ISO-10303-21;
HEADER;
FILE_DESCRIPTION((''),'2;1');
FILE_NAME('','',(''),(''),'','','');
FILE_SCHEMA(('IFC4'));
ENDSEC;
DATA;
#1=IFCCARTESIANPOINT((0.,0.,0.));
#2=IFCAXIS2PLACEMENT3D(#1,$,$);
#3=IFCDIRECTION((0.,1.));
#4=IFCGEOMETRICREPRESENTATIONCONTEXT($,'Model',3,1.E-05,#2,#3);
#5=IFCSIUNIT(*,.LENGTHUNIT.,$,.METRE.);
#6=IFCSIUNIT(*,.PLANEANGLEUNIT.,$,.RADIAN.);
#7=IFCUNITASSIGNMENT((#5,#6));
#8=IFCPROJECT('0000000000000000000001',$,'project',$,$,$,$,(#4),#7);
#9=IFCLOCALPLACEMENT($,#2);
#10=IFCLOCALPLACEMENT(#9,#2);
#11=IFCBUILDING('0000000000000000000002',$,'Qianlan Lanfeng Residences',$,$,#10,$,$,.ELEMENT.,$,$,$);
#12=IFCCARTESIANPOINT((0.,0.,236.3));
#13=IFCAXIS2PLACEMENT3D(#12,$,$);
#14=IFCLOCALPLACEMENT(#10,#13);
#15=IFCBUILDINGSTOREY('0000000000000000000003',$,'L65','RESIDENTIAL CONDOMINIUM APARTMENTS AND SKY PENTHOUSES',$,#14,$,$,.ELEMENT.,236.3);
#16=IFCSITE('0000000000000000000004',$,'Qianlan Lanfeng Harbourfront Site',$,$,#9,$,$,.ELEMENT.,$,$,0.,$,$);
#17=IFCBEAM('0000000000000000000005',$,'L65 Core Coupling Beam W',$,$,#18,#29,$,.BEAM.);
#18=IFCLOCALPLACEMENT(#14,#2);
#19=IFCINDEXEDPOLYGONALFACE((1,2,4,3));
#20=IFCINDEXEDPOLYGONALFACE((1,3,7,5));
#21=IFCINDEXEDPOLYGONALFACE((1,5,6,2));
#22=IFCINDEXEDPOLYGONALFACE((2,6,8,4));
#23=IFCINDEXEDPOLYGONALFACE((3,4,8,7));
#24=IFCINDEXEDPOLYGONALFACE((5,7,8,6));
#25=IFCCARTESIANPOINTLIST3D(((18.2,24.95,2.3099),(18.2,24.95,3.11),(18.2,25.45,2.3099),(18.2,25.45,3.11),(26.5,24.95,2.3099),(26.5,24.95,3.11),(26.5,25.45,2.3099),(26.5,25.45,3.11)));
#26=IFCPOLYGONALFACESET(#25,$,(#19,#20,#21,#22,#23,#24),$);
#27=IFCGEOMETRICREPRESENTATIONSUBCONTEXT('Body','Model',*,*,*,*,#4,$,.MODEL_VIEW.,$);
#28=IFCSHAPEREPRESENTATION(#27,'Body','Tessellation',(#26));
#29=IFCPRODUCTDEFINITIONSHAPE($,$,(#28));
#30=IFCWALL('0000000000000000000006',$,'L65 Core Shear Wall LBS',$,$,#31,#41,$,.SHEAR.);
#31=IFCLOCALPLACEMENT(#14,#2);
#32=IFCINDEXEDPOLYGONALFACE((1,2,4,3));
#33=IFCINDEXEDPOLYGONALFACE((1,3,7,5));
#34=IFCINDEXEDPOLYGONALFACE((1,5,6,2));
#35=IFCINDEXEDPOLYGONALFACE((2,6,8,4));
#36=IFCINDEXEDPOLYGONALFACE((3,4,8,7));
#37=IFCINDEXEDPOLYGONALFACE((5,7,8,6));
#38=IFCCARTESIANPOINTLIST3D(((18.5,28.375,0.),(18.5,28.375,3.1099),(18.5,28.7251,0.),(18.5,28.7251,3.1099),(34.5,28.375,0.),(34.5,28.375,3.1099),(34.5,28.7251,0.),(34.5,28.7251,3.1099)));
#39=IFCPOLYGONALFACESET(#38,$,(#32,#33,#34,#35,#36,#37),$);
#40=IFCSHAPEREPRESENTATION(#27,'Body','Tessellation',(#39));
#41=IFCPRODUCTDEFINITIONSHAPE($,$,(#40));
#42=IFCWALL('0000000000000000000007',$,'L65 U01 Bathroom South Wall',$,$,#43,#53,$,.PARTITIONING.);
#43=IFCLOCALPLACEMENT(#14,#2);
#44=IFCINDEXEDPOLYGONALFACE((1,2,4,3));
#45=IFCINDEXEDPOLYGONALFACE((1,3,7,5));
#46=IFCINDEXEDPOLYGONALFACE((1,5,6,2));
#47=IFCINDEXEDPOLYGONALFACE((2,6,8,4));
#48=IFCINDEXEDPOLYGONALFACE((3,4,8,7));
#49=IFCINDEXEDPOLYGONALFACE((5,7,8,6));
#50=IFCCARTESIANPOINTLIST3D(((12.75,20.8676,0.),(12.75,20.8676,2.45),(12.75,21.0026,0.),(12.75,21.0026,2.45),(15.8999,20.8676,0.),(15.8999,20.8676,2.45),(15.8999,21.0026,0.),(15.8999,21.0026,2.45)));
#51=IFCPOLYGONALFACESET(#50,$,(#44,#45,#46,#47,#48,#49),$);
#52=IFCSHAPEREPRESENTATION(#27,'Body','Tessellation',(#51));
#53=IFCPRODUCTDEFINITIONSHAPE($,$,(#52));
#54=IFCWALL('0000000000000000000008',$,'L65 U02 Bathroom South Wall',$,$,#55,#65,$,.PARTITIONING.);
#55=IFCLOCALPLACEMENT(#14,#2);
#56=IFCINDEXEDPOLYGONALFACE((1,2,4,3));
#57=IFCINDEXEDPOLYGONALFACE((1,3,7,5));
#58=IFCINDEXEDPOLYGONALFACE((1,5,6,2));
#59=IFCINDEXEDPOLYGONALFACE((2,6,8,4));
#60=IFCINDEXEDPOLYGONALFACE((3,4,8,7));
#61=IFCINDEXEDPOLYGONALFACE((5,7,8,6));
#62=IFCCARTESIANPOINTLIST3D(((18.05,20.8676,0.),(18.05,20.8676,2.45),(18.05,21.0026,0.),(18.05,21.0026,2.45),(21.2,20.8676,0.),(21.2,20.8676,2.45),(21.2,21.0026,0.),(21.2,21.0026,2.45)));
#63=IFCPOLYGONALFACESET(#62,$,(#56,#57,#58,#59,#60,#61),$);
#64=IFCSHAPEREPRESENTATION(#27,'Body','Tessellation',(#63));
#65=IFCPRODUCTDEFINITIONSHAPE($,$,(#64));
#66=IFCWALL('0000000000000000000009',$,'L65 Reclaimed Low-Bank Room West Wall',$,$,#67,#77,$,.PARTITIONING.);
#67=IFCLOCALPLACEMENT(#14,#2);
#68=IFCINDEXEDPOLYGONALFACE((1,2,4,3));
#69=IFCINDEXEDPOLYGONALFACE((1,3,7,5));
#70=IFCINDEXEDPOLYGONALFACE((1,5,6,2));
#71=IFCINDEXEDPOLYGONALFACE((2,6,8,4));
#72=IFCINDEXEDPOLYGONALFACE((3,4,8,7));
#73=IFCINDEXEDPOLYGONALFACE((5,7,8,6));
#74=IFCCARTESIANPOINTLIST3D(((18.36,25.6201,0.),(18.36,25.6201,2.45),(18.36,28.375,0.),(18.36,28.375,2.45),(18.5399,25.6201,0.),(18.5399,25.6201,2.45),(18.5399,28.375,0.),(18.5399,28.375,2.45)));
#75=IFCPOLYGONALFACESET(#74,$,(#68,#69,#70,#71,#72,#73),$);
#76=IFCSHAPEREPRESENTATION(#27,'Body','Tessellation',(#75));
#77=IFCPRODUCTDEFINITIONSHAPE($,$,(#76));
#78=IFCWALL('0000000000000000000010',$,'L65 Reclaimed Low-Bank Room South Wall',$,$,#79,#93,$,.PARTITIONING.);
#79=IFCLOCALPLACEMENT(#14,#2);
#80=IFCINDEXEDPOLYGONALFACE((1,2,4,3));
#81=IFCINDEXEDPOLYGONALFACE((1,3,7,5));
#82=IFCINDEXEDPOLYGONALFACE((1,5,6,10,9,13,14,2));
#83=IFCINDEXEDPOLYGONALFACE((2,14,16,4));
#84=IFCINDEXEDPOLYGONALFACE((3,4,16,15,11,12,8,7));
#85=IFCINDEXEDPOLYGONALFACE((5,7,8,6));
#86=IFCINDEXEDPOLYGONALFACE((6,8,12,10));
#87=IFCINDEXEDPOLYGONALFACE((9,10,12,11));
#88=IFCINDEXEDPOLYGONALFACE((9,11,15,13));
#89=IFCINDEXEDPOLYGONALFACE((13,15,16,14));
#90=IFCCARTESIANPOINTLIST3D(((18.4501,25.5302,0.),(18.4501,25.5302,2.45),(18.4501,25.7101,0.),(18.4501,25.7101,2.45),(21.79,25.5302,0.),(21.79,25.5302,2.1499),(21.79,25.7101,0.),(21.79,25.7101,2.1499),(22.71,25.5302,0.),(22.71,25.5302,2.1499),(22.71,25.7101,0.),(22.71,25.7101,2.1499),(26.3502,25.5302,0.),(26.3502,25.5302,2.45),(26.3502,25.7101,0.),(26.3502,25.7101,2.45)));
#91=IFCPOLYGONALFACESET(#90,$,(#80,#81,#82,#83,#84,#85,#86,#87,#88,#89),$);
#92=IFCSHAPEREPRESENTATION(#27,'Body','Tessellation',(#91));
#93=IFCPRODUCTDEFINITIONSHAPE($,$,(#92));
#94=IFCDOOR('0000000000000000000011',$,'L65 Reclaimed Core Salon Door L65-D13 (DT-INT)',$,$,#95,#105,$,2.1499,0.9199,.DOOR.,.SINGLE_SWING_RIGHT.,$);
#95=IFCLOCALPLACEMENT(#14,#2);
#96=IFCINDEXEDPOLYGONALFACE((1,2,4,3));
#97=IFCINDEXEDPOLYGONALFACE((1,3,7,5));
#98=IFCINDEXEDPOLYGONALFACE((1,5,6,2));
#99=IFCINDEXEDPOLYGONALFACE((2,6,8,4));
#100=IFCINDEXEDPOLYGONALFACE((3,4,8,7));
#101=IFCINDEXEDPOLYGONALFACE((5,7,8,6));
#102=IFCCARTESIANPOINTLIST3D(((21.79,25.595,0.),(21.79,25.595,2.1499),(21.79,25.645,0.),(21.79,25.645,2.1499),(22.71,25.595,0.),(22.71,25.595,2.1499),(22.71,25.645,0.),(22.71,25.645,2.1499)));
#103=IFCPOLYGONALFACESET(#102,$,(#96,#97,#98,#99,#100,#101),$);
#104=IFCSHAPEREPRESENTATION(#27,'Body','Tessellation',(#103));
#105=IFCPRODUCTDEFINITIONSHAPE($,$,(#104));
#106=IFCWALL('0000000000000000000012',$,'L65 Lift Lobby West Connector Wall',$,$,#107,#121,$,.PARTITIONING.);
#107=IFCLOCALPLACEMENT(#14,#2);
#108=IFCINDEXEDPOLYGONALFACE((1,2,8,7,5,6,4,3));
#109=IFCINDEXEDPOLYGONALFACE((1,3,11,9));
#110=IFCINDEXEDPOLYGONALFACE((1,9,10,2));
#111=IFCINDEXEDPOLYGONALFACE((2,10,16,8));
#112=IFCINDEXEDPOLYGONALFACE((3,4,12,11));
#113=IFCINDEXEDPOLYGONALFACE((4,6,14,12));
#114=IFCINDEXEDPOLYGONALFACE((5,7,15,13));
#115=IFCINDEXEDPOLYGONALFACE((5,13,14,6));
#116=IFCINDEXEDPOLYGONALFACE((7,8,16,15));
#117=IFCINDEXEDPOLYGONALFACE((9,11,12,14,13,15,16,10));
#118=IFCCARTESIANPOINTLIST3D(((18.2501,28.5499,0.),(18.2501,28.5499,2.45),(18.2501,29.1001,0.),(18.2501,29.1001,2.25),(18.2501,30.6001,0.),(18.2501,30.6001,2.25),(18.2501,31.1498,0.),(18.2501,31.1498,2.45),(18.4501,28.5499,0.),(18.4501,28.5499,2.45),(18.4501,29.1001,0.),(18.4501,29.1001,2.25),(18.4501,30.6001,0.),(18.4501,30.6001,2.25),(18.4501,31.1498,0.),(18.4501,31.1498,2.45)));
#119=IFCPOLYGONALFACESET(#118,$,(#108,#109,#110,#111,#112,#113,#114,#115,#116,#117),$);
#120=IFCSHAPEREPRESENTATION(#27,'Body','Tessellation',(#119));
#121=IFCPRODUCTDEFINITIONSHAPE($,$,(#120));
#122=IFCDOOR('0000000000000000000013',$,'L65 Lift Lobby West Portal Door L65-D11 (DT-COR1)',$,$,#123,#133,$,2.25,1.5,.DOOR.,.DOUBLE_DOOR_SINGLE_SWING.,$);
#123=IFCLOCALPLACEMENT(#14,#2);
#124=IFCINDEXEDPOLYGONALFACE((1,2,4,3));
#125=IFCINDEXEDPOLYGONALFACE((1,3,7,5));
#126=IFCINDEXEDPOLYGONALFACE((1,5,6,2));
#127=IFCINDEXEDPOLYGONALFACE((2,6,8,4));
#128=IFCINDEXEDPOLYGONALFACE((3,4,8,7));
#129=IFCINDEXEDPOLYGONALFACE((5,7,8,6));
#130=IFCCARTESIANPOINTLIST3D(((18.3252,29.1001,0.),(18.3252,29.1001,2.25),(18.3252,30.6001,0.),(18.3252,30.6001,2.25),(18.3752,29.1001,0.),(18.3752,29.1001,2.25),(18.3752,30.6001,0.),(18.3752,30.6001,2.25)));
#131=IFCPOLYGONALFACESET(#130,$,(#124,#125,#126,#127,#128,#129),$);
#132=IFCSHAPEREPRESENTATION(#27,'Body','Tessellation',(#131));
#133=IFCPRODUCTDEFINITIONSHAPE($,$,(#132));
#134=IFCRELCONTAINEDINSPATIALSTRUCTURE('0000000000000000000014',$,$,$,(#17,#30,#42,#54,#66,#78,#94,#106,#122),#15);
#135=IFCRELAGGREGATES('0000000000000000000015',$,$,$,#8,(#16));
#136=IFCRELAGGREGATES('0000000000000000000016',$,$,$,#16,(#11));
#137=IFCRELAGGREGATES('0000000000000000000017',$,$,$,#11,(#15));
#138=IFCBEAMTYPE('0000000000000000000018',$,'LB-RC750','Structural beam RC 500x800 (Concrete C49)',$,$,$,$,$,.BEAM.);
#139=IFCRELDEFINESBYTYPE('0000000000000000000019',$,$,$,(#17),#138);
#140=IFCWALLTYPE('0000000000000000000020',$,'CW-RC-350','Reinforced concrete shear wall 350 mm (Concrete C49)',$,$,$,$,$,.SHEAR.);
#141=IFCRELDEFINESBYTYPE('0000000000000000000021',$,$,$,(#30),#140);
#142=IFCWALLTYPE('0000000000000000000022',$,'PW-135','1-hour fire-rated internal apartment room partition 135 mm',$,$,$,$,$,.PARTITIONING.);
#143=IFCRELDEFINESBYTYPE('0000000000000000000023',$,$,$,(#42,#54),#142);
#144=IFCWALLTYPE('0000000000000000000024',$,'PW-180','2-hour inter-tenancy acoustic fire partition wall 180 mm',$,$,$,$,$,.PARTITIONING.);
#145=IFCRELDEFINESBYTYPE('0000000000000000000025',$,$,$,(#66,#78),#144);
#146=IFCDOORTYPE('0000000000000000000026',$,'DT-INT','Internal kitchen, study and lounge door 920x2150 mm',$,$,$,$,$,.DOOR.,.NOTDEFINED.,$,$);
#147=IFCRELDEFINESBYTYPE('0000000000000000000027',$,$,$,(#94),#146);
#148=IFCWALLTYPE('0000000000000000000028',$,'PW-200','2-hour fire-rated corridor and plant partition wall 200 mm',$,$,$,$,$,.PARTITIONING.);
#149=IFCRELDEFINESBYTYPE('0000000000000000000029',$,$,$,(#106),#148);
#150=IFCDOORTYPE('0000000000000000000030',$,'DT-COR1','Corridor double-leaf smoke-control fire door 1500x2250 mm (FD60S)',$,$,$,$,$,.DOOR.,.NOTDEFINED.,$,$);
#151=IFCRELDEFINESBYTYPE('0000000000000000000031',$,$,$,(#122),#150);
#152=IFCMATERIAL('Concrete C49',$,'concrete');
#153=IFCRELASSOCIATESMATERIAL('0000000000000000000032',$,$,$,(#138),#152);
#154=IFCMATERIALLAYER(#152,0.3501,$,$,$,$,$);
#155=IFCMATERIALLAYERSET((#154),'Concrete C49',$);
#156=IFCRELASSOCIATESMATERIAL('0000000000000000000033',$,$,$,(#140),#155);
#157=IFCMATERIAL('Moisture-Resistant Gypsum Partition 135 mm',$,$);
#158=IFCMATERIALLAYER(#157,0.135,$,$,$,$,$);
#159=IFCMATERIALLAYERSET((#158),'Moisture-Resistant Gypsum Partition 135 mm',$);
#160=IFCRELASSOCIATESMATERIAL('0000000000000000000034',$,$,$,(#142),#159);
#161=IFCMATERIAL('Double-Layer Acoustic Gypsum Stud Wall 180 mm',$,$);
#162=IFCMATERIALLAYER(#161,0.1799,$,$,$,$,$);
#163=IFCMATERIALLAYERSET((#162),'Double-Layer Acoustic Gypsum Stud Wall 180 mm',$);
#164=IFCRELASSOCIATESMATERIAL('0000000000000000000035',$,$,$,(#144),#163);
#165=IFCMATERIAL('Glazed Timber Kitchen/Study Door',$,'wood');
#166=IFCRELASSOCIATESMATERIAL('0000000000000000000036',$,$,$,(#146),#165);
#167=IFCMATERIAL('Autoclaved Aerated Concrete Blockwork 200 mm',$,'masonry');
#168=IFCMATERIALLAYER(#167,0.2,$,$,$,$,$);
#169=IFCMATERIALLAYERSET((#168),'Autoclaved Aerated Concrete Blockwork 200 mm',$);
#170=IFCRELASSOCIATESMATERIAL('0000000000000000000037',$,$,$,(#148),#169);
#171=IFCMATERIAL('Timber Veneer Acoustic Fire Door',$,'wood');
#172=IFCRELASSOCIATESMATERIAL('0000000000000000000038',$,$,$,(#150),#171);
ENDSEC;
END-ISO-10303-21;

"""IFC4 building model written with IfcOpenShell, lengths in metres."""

from ifc_helpers import new_model, si_unit, direction, frame, frame_2d, origin, origin_2d, place, context, subcontext, project, spatial, rectangle, extrude, material, layer, layer_set, material_profile, profile_set, type_object, element, fill, save


model = new_model("IFC4")

# Units and contexts
model_context = context("Model", 3, precision=1e-05, world=origin(), true_north=direction((0.0, 1.0)))
body_context = subcontext(model_context, "Body", "Model", "MODEL_VIEW")
ifc_project = project(units=[si_unit("LENGTHUNIT", "METRE"), si_unit("PLANEANGLEUNIT", "RADIAN")], contexts=[model_context])

# Site, building, storey
site_placement = place(None, origin())
site = spatial("IfcSite", under=ifc_project, at=site_placement, Name="Qianlan Lanfeng Harbourfront Site", CompositionType="ELEMENT", RefElevation=0.0)
building_placement = place(site_placement, origin())
building = spatial("IfcBuilding", under=site, at=building_placement, Name="Qianlan Lanfeng Residences", CompositionType="ELEMENT")
storey_placement = place(building_placement, frame((0.0, 0.0, 236.3)))
storey = spatial("IfcBuildingStorey", under=building, at=storey_placement, Name="L65", Description="RESIDENTIAL CONDOMINIUM APARTMENTS AND SKY PENTHOUSES", CompositionType="ELEMENT", Elevation=236.3)

# Beam
ifc_material_1 = material(Name="Concrete C49", Category="concrete")
ifc_material_profile = material_profile(ifc_material_1, rectangle(XDim=0.5, YDim=0.8, at=origin_2d()), Name="RC 500x800")
ifc_profile_set = profile_set([ifc_material_profile], Name="Concrete C49")
beam_type = type_object("IfcBeamType", Name="LB-RC750", Description="Structural beam RC 500x800 (Concrete C49)", PredefinedType="BEAM", material=ifc_profile_set)
beam_placement = place(storey_placement, frame((18.2, 25.2, 2.71), z_axis=(1.0, 0.0, 0.0), x_axis=(0.0, 1.0, 0.0)))
element("IfcBeam", 1, at=beam_placement, inside=storey, type_object=beam_type, Name="L65 Core Coupling Beam W", PredefinedType="BEAM", context=body_context, shape_type="SweptSolid", body=[
    extrude(rectangle(XDim=0.5, YDim=0.8, at=origin_2d()), origin(), (0.0, 0.0, 1.0), 8.3),
])

# Walls
ifc_layer_1 = layer(ifc_material_1, 0.3501)
ifc_layer_set_1 = layer_set([ifc_layer_1], Name="Concrete C49")
wall_type_1 = type_object("IfcWallType", Name="CW-RC-350", Description="Reinforced concrete shear wall 350 mm (Concrete C49)", PredefinedType="SHEAR", material=ifc_layer_set_1)
wall_1_placement = place(storey_placement, frame((18.5, 28.55, 0.0), z_axis=(0.0, 0.0, 1.0), x_axis=(1.0, 0.0, 0.0)))
element("IfcWall", 2, at=wall_1_placement, inside=storey, type_object=wall_type_1, Name="L65 Core Shear Wall LBS", PredefinedType="SHEAR", context=body_context, shape_type="SweptSolid", body=[
    extrude(rectangle(XDim=16.0, YDim=0.3501, at=frame_2d((8.0, 0.0))), origin(), (0.0, 0.0, 1.0), 3.1099),
])
ifc_material_2 = material(Name="Moisture-Resistant Gypsum Partition 135 mm")
ifc_layer_2 = layer(ifc_material_2, 0.135)
ifc_layer_set_2 = layer_set([ifc_layer_2], Name="Moisture-Resistant Gypsum Partition 135 mm")
wall_type_2 = type_object("IfcWallType", Name="PW-135", Description="1-hour fire-rated internal apartment room partition 135 mm", PredefinedType="PARTITIONING", material=ifc_layer_set_2)
for number, where, z_axis, x_axis, name in (
    (3, (12.75, 20.9351, 0.0), (0.0, 0.0, 1.0), (1.0, 0.0, 0.0), "L65 U01 Bathroom South Wall"),
    (4, (18.05, 20.9351, 0.0), (0.0, 0.0, 1.0), (1.0, 0.0, 0.0), "L65 U02 Bathroom South Wall"),
):
    element("IfcWall", number, at=place(storey_placement, frame(where, z_axis=z_axis, x_axis=x_axis)), inside=storey, type_object=wall_type_2, Name=name, PredefinedType="PARTITIONING", context=body_context, shape_type="SweptSolid", body=[
        extrude(rectangle(XDim=3.1499, YDim=0.135, at=frame_2d((1.575, 0.0))), origin(), (0.0, 0.0, 1.0), 2.45),
    ])

# Shared definitions
ifc_material_3 = material(Name="Double-Layer Acoustic Gypsum Stud Wall 180 mm")
ifc_layer_3 = layer(ifc_material_3, 0.1799)
ifc_layer_set_3 = layer_set([ifc_layer_3], Name="Double-Layer Acoustic Gypsum Stud Wall 180 mm")
wall_type_3 = type_object("IfcWallType", Name="PW-180", Description="2-hour inter-tenancy acoustic fire partition wall 180 mm", PredefinedType="PARTITIONING", material=ifc_layer_set_3)
ifc_material_4 = material(Name="Glazed Timber Kitchen/Study Door", Category="wood")
door_type_1 = type_object("IfcDoorType", Name="DT-INT", Description="Internal kitchen, study and lounge door 920x2150 mm", OperationType="NOTDEFINED", PredefinedType="DOOR", material=ifc_material_4)

# Wall
wall_2_placement = place(storey_placement, frame((18.45, 25.6201, 0.0), z_axis=(0.0, 0.0, 1.0), x_axis=(0.0, 1.0, 0.0)))
element("IfcWall", 5, at=wall_2_placement, inside=storey, type_object=wall_type_3, Name="L65 Reclaimed Low-Bank Room West Wall", PredefinedType="PARTITIONING", context=body_context, shape_type="SweptSolid", body=[
    extrude(rectangle(XDim=2.7549, YDim=0.1799, at=frame_2d((1.3774, 0.0))), origin(), (0.0, 0.0, 1.0), 2.45),
])

# Walls, openings, doors
wall_3_placement = place(storey_placement, frame((18.45, 25.6201, 0.0), z_axis=(0.0, 0.0, 1.0), x_axis=(1.0, 0.0, 0.0)))
wall_3 = element("IfcWall", 6, at=wall_3_placement, inside=storey, type_object=wall_type_3, Name="L65 Reclaimed Low-Bank Room South Wall", PredefinedType="PARTITIONING", context=body_context, shape_type="SweptSolid", body=[
    extrude(rectangle(XDim=7.9001, YDim=0.1799, at=frame_2d((3.9502, 0.0))), origin(), (0.0, 0.0, 1.0), 2.45),
])
opening_1_placement = place(wall_3_placement, frame((3.3401, 0.0, 0.0)))
opening_1 = element("IfcOpeningElement", 7, at=opening_1_placement, cuts=wall_3, PredefinedType="OPENING", context=body_context, shape_type="SweptSolid", body=[
    extrude(rectangle(XDim=0.9199, YDim=2.1499, at=frame_2d((0.46, 1.075))), frame((0.0, 0.1001, 0.0), z_axis=(0.0, -1.0, 0.0), x_axis=(1.0, 0.0, 0.0)), (0.0, 0.0, 1.0), 0.2),
])
door_1_placement = place(opening_1_placement, origin())
door_1 = element("IfcDoor", 8, at=door_1_placement, inside=storey, type_object=door_type_1, Name="L65 Reclaimed Core Salon Door L65-D13 (DT-INT)", OperationType="SINGLE_SWING_RIGHT", OverallHeight=2.1499, OverallWidth=0.9199, PredefinedType="DOOR", context=body_context, shape_type="SweptSolid", body=[
    extrude(rectangle(XDim=0.9199, YDim=2.1499, at=frame_2d((0.46, 1.075))), frame((0.0, 0.0249, 0.0), z_axis=(0.0, -1.0, 0.0), x_axis=(1.0, 0.0, 0.0)), (0.0, 0.0, 1.0), 0.05),
])
fill(opening_1, door_1)
ifc_material_5 = material(Name="Autoclaved Aerated Concrete Blockwork 200 mm", Category="masonry")
ifc_layer_4 = layer(ifc_material_5, 0.2)
ifc_layer_set_4 = layer_set([ifc_layer_4], Name="Autoclaved Aerated Concrete Blockwork 200 mm")
wall_type_4 = type_object("IfcWallType", Name="PW-200", Description="2-hour fire-rated corridor and plant partition wall 200 mm", PredefinedType="PARTITIONING", material=ifc_layer_set_4)
wall_4_placement = place(storey_placement, frame((18.3501, 28.55, 0.0), z_axis=(0.0, 0.0, 1.0), x_axis=(0.0, 1.0, 0.0)))
wall_4 = element("IfcWall", 9, at=wall_4_placement, inside=storey, type_object=wall_type_4, Name="L65 Lift Lobby West Connector Wall", PredefinedType="PARTITIONING", context=body_context, shape_type="SweptSolid", body=[
    extrude(rectangle(XDim=2.5999, YDim=0.2, at=frame_2d((1.2998, 0.0))), origin(), (0.0, 0.0, 1.0), 2.45),
])
opening_2_placement = place(wall_4_placement, frame((0.55, 0.0, 0.0)))
opening_2 = element("IfcOpeningElement", 10, at=opening_2_placement, cuts=wall_4, PredefinedType="OPENING", context=body_context, shape_type="SweptSolid", body=[
    extrude(rectangle(XDim=1.5, YDim=2.25, at=frame_2d((0.75, 1.125))), frame((0.0, 0.1099, 0.0), z_axis=(0.0, -1.0, 0.0), x_axis=(1.0, 0.0, 0.0)), (0.0, 0.0, 1.0), 0.22),
])
ifc_material_6 = material(Name="Timber Veneer Acoustic Fire Door", Category="wood")
door_type_2 = type_object("IfcDoorType", Name="DT-COR1", Description="Corridor double-leaf smoke-control fire door 1500x2250 mm (FD60S)", OperationType="NOTDEFINED", PredefinedType="DOOR", material=ifc_material_6)
door_2_placement = place(opening_2_placement, origin())
door_2 = element("IfcDoor", 11, at=door_2_placement, inside=storey, type_object=door_type_2, Name="L65 Lift Lobby West Portal Door L65-D11 (DT-COR1)", OperationType="DOUBLE_DOOR_SINGLE_SWING", OverallHeight=2.25, OverallWidth=1.5, PredefinedType="DOOR", context=body_context, shape_type="SweptSolid", body=[
    extrude(rectangle(XDim=1.5, YDim=2.25, at=frame_2d((0.75, 1.125))), frame((0.0, 0.0249, 0.0), z_axis=(0.0, -1.0, 0.0), x_axis=(1.0, 0.0, 0.0)), (0.0, 0.0, 1.0), 0.05),
])
fill(opening_2, door_2)

save(model, "model.ifc")
